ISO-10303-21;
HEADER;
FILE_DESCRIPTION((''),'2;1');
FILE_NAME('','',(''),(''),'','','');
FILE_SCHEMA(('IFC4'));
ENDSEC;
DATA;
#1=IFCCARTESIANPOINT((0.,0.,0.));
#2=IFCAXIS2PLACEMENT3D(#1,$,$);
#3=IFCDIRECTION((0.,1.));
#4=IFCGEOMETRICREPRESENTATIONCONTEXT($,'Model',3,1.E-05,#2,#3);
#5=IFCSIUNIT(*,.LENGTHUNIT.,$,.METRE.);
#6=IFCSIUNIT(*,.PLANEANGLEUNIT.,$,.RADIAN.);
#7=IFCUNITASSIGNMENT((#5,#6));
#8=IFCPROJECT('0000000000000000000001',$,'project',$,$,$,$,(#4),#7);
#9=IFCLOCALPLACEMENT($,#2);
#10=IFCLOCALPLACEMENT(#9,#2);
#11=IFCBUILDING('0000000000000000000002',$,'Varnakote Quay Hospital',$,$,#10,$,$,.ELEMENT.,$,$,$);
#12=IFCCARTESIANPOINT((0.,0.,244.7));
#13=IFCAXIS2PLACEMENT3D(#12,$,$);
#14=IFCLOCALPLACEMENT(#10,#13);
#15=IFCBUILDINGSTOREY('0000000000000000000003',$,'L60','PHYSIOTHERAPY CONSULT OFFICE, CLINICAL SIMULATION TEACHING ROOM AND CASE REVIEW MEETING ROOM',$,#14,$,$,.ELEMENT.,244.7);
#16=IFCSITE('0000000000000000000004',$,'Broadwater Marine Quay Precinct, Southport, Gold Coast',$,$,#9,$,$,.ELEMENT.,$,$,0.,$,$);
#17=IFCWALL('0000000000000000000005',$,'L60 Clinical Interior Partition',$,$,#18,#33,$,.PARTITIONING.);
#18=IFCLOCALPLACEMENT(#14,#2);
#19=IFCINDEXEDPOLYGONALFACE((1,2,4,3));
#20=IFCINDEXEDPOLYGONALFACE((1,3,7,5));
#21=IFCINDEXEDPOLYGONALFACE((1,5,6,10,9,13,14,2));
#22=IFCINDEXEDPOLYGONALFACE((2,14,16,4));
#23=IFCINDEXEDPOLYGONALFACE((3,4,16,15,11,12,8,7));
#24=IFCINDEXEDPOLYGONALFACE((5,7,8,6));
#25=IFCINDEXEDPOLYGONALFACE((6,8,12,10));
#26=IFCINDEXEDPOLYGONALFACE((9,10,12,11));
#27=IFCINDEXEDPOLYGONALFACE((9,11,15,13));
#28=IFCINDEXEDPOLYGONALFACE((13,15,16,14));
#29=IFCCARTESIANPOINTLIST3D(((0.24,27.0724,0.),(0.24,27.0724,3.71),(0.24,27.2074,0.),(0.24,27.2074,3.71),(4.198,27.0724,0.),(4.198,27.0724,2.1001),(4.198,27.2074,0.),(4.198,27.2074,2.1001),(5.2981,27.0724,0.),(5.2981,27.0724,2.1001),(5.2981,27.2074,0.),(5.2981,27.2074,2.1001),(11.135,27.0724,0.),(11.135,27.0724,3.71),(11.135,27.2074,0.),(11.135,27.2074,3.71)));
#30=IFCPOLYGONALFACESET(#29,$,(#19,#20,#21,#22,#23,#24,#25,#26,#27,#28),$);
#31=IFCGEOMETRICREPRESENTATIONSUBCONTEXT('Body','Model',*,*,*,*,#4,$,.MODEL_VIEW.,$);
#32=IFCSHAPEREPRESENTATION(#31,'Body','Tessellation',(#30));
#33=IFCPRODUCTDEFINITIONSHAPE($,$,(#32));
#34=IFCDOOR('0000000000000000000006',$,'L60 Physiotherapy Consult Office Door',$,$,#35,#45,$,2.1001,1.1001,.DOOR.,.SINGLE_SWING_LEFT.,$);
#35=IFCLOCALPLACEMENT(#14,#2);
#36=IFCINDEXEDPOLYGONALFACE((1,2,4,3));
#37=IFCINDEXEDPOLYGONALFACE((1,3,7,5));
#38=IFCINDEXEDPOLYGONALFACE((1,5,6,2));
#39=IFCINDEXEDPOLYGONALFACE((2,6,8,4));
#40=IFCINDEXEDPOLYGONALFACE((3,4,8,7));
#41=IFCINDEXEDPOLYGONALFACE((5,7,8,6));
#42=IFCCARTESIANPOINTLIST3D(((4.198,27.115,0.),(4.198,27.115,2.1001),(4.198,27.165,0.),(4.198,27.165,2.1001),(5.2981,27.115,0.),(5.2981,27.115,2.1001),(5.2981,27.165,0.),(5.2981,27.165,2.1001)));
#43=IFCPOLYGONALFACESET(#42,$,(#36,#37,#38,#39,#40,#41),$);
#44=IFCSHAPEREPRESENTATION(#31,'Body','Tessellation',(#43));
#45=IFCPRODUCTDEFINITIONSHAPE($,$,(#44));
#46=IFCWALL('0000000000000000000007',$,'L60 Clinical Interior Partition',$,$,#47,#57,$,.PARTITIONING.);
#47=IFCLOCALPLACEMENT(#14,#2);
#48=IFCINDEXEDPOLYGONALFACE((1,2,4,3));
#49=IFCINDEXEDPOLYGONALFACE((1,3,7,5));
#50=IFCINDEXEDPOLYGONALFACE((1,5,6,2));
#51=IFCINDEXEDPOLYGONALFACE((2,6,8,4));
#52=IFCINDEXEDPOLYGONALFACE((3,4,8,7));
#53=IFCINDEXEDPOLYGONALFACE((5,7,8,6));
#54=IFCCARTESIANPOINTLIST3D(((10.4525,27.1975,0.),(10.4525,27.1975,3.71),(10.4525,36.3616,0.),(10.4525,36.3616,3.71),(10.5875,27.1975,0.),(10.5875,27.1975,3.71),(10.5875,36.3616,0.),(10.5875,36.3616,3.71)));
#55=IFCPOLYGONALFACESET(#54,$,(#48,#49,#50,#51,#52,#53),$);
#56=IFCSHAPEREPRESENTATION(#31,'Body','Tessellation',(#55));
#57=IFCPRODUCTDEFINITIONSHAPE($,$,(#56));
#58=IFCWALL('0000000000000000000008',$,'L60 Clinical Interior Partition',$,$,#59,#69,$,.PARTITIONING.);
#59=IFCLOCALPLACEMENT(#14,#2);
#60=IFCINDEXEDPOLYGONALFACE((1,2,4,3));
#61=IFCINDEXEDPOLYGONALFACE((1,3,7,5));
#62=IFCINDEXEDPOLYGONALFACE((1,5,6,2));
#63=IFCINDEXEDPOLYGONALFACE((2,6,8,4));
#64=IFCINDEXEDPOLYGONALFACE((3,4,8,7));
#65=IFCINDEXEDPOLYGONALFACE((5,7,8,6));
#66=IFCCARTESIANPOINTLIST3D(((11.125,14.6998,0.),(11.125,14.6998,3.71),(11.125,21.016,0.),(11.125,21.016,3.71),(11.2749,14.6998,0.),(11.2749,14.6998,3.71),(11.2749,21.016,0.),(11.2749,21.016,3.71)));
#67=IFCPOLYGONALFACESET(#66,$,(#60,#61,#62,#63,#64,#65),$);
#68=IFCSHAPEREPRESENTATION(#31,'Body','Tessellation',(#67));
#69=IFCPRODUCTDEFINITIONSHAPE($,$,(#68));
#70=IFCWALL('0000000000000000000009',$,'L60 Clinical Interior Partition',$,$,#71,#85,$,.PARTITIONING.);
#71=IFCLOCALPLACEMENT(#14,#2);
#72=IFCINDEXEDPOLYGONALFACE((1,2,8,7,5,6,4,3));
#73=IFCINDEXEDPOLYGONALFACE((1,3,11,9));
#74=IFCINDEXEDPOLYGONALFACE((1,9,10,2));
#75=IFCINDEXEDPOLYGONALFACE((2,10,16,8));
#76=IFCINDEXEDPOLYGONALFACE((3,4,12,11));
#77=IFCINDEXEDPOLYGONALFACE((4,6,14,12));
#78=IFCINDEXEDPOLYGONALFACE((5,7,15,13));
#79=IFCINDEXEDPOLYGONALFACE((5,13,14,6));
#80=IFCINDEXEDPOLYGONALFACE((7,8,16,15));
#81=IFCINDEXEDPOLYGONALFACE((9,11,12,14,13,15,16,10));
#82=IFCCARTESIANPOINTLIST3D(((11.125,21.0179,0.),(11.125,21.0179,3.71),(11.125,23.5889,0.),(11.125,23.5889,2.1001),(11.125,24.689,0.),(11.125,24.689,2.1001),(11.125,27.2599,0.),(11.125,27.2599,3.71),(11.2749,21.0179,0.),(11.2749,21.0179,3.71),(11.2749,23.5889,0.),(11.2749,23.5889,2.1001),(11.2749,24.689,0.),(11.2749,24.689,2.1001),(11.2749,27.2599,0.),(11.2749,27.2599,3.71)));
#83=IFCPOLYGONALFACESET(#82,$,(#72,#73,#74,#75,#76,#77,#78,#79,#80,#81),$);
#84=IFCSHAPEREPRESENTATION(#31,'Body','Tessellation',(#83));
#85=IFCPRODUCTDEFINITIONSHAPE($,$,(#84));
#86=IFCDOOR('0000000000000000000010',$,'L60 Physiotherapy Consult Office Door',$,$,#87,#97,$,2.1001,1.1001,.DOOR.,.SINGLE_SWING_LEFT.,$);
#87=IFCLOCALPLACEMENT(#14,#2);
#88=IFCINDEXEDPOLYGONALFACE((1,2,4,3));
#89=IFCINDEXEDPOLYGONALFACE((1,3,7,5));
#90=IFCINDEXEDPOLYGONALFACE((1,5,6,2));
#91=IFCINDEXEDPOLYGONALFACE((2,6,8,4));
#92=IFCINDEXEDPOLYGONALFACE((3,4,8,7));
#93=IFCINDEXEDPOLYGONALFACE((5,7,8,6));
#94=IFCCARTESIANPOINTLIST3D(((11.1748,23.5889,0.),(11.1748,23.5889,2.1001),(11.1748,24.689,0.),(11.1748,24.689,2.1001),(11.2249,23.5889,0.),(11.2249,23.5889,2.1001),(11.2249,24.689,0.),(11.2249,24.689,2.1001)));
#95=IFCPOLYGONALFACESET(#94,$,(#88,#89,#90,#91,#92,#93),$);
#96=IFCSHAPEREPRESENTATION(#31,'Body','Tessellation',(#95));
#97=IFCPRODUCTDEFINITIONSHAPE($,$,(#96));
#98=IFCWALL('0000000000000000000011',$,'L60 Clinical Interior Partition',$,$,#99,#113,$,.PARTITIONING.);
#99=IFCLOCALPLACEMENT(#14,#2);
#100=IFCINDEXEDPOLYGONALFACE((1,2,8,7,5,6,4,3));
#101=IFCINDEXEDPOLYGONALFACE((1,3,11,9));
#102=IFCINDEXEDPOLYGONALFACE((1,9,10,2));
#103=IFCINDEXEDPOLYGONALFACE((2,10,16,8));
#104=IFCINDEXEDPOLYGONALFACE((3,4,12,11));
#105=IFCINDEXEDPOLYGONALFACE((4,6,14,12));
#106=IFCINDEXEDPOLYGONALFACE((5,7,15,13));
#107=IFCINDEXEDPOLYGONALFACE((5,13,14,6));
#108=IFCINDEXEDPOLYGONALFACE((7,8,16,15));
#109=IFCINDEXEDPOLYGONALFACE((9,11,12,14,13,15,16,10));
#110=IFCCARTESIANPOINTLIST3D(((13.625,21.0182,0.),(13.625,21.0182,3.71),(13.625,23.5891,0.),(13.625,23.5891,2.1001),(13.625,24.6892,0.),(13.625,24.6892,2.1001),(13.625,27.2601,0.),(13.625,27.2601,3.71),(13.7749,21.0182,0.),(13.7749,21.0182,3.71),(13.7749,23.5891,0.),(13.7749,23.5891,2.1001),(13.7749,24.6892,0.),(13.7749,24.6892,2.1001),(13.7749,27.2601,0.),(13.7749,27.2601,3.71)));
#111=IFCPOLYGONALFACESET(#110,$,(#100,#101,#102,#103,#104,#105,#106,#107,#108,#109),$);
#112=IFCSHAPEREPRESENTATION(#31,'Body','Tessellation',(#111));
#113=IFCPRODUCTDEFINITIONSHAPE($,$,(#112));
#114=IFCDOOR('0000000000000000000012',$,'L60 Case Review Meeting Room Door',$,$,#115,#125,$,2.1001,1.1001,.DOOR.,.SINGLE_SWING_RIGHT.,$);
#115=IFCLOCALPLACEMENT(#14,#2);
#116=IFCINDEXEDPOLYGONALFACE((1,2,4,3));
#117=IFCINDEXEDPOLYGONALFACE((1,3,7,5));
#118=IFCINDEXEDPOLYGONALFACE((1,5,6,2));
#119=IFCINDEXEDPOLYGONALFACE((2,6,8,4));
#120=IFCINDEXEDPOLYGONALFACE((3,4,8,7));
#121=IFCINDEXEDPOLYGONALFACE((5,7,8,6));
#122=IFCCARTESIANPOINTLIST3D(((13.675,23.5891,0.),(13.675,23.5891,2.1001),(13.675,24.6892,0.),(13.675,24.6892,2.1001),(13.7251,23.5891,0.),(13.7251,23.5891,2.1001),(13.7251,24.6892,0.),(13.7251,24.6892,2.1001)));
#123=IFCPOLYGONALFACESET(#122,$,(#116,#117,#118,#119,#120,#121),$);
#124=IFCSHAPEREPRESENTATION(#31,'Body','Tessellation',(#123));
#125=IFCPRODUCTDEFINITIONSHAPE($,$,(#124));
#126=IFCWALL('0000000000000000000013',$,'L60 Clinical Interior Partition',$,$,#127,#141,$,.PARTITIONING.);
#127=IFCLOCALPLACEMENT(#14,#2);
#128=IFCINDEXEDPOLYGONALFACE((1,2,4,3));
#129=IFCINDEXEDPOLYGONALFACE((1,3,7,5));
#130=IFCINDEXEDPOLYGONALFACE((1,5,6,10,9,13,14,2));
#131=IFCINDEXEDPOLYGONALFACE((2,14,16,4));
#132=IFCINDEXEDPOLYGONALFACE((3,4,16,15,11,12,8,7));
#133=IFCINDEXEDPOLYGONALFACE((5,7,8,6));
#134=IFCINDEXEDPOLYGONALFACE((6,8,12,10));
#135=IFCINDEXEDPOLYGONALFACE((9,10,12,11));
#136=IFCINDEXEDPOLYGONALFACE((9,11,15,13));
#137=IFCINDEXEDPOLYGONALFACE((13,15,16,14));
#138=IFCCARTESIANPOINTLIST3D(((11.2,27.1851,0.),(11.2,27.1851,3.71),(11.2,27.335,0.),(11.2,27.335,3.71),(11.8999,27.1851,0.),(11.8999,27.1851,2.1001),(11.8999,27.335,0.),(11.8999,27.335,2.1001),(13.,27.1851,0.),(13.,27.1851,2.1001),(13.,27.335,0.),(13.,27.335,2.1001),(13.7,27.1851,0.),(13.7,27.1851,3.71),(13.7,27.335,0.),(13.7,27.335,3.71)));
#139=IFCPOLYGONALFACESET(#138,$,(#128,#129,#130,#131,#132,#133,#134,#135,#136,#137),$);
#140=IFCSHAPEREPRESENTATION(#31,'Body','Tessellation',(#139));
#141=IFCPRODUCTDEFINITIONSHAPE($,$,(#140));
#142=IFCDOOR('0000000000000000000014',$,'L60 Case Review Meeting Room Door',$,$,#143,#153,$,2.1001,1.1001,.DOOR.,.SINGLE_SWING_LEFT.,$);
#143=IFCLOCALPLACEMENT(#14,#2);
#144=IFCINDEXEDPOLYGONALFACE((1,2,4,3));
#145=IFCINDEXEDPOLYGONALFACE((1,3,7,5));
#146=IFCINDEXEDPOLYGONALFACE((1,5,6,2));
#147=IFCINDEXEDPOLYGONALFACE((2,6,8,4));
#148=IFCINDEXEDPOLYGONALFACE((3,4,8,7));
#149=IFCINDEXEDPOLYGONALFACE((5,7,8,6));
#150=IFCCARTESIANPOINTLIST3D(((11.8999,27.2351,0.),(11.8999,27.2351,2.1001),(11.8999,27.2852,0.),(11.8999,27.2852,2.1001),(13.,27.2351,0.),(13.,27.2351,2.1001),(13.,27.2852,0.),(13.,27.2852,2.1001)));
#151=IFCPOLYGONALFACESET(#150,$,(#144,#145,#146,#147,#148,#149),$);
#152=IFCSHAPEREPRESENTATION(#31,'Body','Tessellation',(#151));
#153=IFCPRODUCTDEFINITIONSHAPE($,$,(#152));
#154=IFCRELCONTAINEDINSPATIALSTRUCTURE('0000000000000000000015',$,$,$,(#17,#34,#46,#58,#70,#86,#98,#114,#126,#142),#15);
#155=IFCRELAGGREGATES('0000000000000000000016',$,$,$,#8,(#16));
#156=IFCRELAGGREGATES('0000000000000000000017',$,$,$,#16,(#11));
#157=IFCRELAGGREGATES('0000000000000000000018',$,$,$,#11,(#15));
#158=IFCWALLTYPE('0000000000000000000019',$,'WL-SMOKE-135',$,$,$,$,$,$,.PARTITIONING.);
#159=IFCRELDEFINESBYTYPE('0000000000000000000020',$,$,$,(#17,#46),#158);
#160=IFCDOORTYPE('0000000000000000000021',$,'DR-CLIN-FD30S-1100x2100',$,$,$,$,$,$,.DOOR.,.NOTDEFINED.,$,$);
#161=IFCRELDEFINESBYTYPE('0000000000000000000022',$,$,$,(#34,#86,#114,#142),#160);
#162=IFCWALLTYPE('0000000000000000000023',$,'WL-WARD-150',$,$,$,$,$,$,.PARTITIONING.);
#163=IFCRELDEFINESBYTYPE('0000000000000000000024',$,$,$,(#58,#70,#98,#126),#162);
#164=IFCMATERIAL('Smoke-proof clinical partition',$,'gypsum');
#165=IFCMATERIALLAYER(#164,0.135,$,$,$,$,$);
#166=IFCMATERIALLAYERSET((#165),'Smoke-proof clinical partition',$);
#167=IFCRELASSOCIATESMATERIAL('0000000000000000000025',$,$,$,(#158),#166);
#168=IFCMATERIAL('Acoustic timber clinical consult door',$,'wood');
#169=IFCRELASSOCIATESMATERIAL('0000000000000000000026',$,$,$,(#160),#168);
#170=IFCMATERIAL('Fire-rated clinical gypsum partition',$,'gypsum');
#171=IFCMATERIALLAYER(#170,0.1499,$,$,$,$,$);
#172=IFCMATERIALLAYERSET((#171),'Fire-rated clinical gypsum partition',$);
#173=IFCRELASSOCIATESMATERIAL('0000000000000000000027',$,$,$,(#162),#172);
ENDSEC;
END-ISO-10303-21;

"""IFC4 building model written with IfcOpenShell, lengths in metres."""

from ifc_helpers import new_model, si_unit, direction, frame, frame_2d, origin, place, context, subcontext, project, spatial, rectangle, extrude, material, layer, layer_set, type_object, element, fill, save


model = new_model("IFC4")

# Units and contexts
model_context = context("Model", 3, precision=1e-05, world=origin(), true_north=direction((0.0, 1.0)))
body_context = subcontext(model_context, "Body", "Model", "MODEL_VIEW")
ifc_project = project(units=[si_unit("LENGTHUNIT", "METRE"), si_unit("PLANEANGLEUNIT", "RADIAN")], contexts=[model_context])

# Site, building, storey
site_placement = place(None, origin())
site = spatial("IfcSite", under=ifc_project, at=site_placement, Name="Broadwater Marine Quay Precinct, Southport, Gold Coast", CompositionType="ELEMENT", RefElevation=0.0)
building_placement = place(site_placement, origin())
building = spatial("IfcBuilding", under=site, at=building_placement, Name="Varnakote Quay Hospital", CompositionType="ELEMENT")
storey_placement = place(building_placement, frame((0.0, 0.0, 244.7)))
storey = spatial("IfcBuildingStorey", under=building, at=storey_placement, Name="L60", Description="PHYSIOTHERAPY CONSULT OFFICE, CLINICAL SIMULATION TEACHING ROOM AND CASE REVIEW MEETING ROOM", CompositionType="ELEMENT", Elevation=244.7)

# Shared definitions
ifc_material_1 = material(Name="Smoke-proof clinical partition", Category="gypsum")
ifc_layer_1 = layer(ifc_material_1, 0.135)
ifc_layer_set_1 = layer_set([ifc_layer_1], Name="Smoke-proof clinical partition")
wall_type_1 = type_object("IfcWallType", Name="WL-SMOKE-135", PredefinedType="PARTITIONING", material=ifc_layer_set_1)

# Wall, opening, door
wall_1_placement = place(storey_placement, frame((11.135, 27.1399, 0.0), z_axis=(0.0, 0.0, 1.0), x_axis=(-1.0, 0.0, 0.0)))
wall_1 = element("IfcWall", 1, at=wall_1_placement, inside=storey, type_object=wall_type_1, Name="L60 Clinical Interior Partition", PredefinedType="PARTITIONING", context=body_context, shape_type="SweptSolid", body=[
    extrude(rectangle(XDim=10.895, YDim=0.135, at=frame_2d((5.4475, 0.0))), origin(), (0.0, 0.0, 1.0), 3.71),
])
opening_1_placement = place(wall_1_placement, frame((5.8369, 0.0, 0.0)))
opening_1 = element("IfcOpeningElement", 2, at=opening_1_placement, cuts=wall_1, PredefinedType="OPENING", context=body_context, shape_type="SweptSolid", body=[
    extrude(rectangle(XDim=1.1001, YDim=2.1001, at=frame_2d((0.55, 1.05))), frame((0.0, 0.0774, 0.0), z_axis=(0.0, -1.0, 0.0), x_axis=(1.0, 0.0, 0.0)), (0.0, 0.0, 1.0), 0.155),
])
ifc_material_2 = material(Name="Acoustic timber clinical consult door", Category="wood")
door_type = type_object("IfcDoorType", Name="DR-CLIN-FD30S-1100x2100", OperationType="NOTDEFINED", PredefinedType="DOOR", material=ifc_material_2)
door_1_placement = place(opening_1_placement, origin())
door_1 = element("IfcDoor", 3, at=door_1_placement, inside=storey, type_object=door_type, Name="L60 Physiotherapy Consult Office Door", OperationType="SINGLE_SWING_LEFT", OverallHeight=2.1001, OverallWidth=1.1001, PredefinedType="DOOR", context=body_context, shape_type="SweptSolid", body=[
    extrude(rectangle(XDim=1.1001, YDim=2.1001, at=frame_2d((0.55, 1.05))), frame((0.0, 0.0249, 0.0), z_axis=(0.0, -1.0, 0.0), x_axis=(1.0, 0.0, 0.0)), (0.0, 0.0, 1.0), 0.05),
])
fill(opening_1, door_1)

# Walls
wall_2_placement = place(storey_placement, frame((10.52, 27.1975, 0.0), z_axis=(0.0, 0.0, 1.0), x_axis=(0.0, 1.0, 0.0)))
element("IfcWall", 4, at=wall_2_placement, inside=storey, type_object=wall_type_1, Name="L60 Clinical Interior Partition", PredefinedType="PARTITIONING", context=body_context, shape_type="SweptSolid", body=[
    extrude(rectangle(XDim=9.1641, YDim=0.135, at=frame_2d((4.582, 0.0))), origin(), (0.0, 0.0, 1.0), 3.71),
])
ifc_material_3 = material(Name="Fire-rated clinical gypsum partition", Category="gypsum")
ifc_layer_2 = layer(ifc_material_3, 0.1499)
ifc_layer_set_2 = layer_set([ifc_layer_2], Name="Fire-rated clinical gypsum partition")
wall_type_2 = type_object("IfcWallType", Name="WL-WARD-150", PredefinedType="PARTITIONING", material=ifc_layer_set_2)
wall_3_placement = place(storey_placement, frame((11.2, 21.0161, 0.0), z_axis=(0.0, 0.0, 1.0), x_axis=(0.0, -1.0, 0.0)))
element("IfcWall", 5, at=wall_3_placement, inside=storey, type_object=wall_type_2, Name="L60 Clinical Interior Partition", PredefinedType="PARTITIONING", context=body_context, shape_type="SweptSolid", body=[
    extrude(rectangle(XDim=6.3162, YDim=0.1499, at=frame_2d((3.1582, 0.0))), origin(), (0.0, 0.0, 1.0), 3.71),
])

# Walls, openings, doors
wall_4_placement = place(storey_placement, frame((11.2, 27.26, 0.0), z_axis=(0.0, 0.0, 1.0), x_axis=(0.0, -1.0, 0.0)))
wall_4 = element("IfcWall", 6, at=wall_4_placement, inside=storey, type_object=wall_type_2, Name="L60 Clinical Interior Partition", PredefinedType="PARTITIONING", context=body_context, shape_type="SweptSolid", body=[
    extrude(rectangle(XDim=6.2419, YDim=0.1499, at=frame_2d((3.1211, 0.0))), origin(), (0.0, 0.0, 1.0), 3.71),
])
opening_2_placement = place(wall_4_placement, frame((2.571, 0.0, 0.0)))
opening_2 = element("IfcOpeningElement", 7, at=opening_2_placement, cuts=wall_4, PredefinedType="OPENING", context=body_context, shape_type="SweptSolid", body=[
    extrude(rectangle(XDim=1.1001, YDim=2.1001, at=frame_2d((0.55, 1.05))), frame((0.0, 0.085, 0.0), z_axis=(0.0, -1.0, 0.0), x_axis=(1.0, 0.0, 0.0)), (0.0, 0.0, 1.0), 0.1699),
])
door_2_placement = place(opening_2_placement, origin())
door_2 = element("IfcDoor", 8, at=door_2_placement, inside=storey, type_object=door_type, Name="L60 Physiotherapy Consult Office Door", OperationType="SINGLE_SWING_LEFT", OverallHeight=2.1001, OverallWidth=1.1001, PredefinedType="DOOR", context=body_context, shape_type="SweptSolid", body=[
    extrude(rectangle(XDim=1.1001, YDim=2.1001, at=frame_2d((0.55, 1.05))), frame((0.0, 0.0249, 0.0), z_axis=(0.0, -1.0, 0.0), x_axis=(1.0, 0.0, 0.0)), (0.0, 0.0, 1.0), 0.05),
])
fill(opening_2, door_2)
wall_5_placement = place(storey_placement, frame((13.7, 21.0181, 0.0), z_axis=(0.0, 0.0, 1.0), x_axis=(0.0, 1.0, 0.0)))
wall_5 = element("IfcWall", 9, at=wall_5_placement, inside=storey, type_object=wall_type_2, Name="L60 Clinical Interior Partition", PredefinedType="PARTITIONING", context=body_context, shape_type="SweptSolid", body=[
    extrude(rectangle(XDim=6.2419, YDim=0.1499, at=frame_2d((3.1211, 0.0))), origin(), (0.0, 0.0, 1.0), 3.71),
])
opening_3_placement = place(wall_5_placement, frame((2.571, 0.0, 0.0)))
opening_3 = element("IfcOpeningElement", 10, at=opening_3_placement, cuts=wall_5, PredefinedType="OPENING", context=body_context, shape_type="SweptSolid", body=[
    extrude(rectangle(XDim=1.1001, YDim=2.1001, at=frame_2d((0.55, 1.05))), frame((0.0, 0.085, 0.0), z_axis=(0.0, -1.0, 0.0), x_axis=(1.0, 0.0, 0.0)), (0.0, 0.0, 1.0), 0.1699),
])
door_3_placement = place(opening_3_placement, origin())
door_3 = element("IfcDoor", 11, at=door_3_placement, inside=storey, type_object=door_type, Name="L60 Case Review Meeting Room Door", OperationType="SINGLE_SWING_RIGHT", OverallHeight=2.1001, OverallWidth=1.1001, PredefinedType="DOOR", context=body_context, shape_type="SweptSolid", body=[
    extrude(rectangle(XDim=1.1001, YDim=2.1001, at=frame_2d((0.55, 1.05))), frame((0.0, 0.0249, 0.0), z_axis=(0.0, -1.0, 0.0), x_axis=(1.0, 0.0, 0.0)), (0.0, 0.0, 1.0), 0.05),
])
fill(opening_3, door_3)
wall_6_placement = place(storey_placement, frame((13.7, 27.26, 0.0), z_axis=(0.0, 0.0, 1.0), x_axis=(-1.0, 0.0, 0.0)))
wall_6 = element("IfcWall", 12, at=wall_6_placement, inside=storey, type_object=wall_type_2, Name="L60 Clinical Interior Partition", PredefinedType="PARTITIONING", context=body_context, shape_type="SweptSolid", body=[
    extrude(rectangle(XDim=2.5, YDim=0.1499, at=frame_2d((1.25, 0.0))), origin(), (0.0, 0.0, 1.0), 3.71),
])
opening_4_placement = place(wall_6_placement, frame((0.7, 0.0, 0.0)))
opening_4 = element("IfcOpeningElement", 13, at=opening_4_placement, cuts=wall_6, PredefinedType="OPENING", context=body_context, shape_type="SweptSolid", body=[
    extrude(rectangle(XDim=1.1001, YDim=2.1001, at=frame_2d((0.55, 1.05))), frame((0.0, 0.085, 0.0), z_axis=(0.0, -1.0, 0.0), x_axis=(1.0, 0.0, 0.0)), (0.0, 0.0, 1.0), 0.1699),
])
door_4_placement = place(opening_4_placement, origin())
door_4 = element("IfcDoor", 14, at=door_4_placement, inside=storey, type_object=door_type, Name="L60 Case Review Meeting Room Door", OperationType="SINGLE_SWING_LEFT", OverallHeight=2.1001, OverallWidth=1.1001, PredefinedType="DOOR", context=body_context, shape_type="SweptSolid", body=[
    extrude(rectangle(XDim=1.1001, YDim=2.1001, at=frame_2d((0.55, 1.05))), frame((0.0, 0.0249, 0.0), z_axis=(0.0, -1.0, 0.0), x_axis=(1.0, 0.0, 0.0)), (0.0, 0.0, 1.0), 0.05),
])
fill(opening_4, door_4)

save(model, "model.ifc")
